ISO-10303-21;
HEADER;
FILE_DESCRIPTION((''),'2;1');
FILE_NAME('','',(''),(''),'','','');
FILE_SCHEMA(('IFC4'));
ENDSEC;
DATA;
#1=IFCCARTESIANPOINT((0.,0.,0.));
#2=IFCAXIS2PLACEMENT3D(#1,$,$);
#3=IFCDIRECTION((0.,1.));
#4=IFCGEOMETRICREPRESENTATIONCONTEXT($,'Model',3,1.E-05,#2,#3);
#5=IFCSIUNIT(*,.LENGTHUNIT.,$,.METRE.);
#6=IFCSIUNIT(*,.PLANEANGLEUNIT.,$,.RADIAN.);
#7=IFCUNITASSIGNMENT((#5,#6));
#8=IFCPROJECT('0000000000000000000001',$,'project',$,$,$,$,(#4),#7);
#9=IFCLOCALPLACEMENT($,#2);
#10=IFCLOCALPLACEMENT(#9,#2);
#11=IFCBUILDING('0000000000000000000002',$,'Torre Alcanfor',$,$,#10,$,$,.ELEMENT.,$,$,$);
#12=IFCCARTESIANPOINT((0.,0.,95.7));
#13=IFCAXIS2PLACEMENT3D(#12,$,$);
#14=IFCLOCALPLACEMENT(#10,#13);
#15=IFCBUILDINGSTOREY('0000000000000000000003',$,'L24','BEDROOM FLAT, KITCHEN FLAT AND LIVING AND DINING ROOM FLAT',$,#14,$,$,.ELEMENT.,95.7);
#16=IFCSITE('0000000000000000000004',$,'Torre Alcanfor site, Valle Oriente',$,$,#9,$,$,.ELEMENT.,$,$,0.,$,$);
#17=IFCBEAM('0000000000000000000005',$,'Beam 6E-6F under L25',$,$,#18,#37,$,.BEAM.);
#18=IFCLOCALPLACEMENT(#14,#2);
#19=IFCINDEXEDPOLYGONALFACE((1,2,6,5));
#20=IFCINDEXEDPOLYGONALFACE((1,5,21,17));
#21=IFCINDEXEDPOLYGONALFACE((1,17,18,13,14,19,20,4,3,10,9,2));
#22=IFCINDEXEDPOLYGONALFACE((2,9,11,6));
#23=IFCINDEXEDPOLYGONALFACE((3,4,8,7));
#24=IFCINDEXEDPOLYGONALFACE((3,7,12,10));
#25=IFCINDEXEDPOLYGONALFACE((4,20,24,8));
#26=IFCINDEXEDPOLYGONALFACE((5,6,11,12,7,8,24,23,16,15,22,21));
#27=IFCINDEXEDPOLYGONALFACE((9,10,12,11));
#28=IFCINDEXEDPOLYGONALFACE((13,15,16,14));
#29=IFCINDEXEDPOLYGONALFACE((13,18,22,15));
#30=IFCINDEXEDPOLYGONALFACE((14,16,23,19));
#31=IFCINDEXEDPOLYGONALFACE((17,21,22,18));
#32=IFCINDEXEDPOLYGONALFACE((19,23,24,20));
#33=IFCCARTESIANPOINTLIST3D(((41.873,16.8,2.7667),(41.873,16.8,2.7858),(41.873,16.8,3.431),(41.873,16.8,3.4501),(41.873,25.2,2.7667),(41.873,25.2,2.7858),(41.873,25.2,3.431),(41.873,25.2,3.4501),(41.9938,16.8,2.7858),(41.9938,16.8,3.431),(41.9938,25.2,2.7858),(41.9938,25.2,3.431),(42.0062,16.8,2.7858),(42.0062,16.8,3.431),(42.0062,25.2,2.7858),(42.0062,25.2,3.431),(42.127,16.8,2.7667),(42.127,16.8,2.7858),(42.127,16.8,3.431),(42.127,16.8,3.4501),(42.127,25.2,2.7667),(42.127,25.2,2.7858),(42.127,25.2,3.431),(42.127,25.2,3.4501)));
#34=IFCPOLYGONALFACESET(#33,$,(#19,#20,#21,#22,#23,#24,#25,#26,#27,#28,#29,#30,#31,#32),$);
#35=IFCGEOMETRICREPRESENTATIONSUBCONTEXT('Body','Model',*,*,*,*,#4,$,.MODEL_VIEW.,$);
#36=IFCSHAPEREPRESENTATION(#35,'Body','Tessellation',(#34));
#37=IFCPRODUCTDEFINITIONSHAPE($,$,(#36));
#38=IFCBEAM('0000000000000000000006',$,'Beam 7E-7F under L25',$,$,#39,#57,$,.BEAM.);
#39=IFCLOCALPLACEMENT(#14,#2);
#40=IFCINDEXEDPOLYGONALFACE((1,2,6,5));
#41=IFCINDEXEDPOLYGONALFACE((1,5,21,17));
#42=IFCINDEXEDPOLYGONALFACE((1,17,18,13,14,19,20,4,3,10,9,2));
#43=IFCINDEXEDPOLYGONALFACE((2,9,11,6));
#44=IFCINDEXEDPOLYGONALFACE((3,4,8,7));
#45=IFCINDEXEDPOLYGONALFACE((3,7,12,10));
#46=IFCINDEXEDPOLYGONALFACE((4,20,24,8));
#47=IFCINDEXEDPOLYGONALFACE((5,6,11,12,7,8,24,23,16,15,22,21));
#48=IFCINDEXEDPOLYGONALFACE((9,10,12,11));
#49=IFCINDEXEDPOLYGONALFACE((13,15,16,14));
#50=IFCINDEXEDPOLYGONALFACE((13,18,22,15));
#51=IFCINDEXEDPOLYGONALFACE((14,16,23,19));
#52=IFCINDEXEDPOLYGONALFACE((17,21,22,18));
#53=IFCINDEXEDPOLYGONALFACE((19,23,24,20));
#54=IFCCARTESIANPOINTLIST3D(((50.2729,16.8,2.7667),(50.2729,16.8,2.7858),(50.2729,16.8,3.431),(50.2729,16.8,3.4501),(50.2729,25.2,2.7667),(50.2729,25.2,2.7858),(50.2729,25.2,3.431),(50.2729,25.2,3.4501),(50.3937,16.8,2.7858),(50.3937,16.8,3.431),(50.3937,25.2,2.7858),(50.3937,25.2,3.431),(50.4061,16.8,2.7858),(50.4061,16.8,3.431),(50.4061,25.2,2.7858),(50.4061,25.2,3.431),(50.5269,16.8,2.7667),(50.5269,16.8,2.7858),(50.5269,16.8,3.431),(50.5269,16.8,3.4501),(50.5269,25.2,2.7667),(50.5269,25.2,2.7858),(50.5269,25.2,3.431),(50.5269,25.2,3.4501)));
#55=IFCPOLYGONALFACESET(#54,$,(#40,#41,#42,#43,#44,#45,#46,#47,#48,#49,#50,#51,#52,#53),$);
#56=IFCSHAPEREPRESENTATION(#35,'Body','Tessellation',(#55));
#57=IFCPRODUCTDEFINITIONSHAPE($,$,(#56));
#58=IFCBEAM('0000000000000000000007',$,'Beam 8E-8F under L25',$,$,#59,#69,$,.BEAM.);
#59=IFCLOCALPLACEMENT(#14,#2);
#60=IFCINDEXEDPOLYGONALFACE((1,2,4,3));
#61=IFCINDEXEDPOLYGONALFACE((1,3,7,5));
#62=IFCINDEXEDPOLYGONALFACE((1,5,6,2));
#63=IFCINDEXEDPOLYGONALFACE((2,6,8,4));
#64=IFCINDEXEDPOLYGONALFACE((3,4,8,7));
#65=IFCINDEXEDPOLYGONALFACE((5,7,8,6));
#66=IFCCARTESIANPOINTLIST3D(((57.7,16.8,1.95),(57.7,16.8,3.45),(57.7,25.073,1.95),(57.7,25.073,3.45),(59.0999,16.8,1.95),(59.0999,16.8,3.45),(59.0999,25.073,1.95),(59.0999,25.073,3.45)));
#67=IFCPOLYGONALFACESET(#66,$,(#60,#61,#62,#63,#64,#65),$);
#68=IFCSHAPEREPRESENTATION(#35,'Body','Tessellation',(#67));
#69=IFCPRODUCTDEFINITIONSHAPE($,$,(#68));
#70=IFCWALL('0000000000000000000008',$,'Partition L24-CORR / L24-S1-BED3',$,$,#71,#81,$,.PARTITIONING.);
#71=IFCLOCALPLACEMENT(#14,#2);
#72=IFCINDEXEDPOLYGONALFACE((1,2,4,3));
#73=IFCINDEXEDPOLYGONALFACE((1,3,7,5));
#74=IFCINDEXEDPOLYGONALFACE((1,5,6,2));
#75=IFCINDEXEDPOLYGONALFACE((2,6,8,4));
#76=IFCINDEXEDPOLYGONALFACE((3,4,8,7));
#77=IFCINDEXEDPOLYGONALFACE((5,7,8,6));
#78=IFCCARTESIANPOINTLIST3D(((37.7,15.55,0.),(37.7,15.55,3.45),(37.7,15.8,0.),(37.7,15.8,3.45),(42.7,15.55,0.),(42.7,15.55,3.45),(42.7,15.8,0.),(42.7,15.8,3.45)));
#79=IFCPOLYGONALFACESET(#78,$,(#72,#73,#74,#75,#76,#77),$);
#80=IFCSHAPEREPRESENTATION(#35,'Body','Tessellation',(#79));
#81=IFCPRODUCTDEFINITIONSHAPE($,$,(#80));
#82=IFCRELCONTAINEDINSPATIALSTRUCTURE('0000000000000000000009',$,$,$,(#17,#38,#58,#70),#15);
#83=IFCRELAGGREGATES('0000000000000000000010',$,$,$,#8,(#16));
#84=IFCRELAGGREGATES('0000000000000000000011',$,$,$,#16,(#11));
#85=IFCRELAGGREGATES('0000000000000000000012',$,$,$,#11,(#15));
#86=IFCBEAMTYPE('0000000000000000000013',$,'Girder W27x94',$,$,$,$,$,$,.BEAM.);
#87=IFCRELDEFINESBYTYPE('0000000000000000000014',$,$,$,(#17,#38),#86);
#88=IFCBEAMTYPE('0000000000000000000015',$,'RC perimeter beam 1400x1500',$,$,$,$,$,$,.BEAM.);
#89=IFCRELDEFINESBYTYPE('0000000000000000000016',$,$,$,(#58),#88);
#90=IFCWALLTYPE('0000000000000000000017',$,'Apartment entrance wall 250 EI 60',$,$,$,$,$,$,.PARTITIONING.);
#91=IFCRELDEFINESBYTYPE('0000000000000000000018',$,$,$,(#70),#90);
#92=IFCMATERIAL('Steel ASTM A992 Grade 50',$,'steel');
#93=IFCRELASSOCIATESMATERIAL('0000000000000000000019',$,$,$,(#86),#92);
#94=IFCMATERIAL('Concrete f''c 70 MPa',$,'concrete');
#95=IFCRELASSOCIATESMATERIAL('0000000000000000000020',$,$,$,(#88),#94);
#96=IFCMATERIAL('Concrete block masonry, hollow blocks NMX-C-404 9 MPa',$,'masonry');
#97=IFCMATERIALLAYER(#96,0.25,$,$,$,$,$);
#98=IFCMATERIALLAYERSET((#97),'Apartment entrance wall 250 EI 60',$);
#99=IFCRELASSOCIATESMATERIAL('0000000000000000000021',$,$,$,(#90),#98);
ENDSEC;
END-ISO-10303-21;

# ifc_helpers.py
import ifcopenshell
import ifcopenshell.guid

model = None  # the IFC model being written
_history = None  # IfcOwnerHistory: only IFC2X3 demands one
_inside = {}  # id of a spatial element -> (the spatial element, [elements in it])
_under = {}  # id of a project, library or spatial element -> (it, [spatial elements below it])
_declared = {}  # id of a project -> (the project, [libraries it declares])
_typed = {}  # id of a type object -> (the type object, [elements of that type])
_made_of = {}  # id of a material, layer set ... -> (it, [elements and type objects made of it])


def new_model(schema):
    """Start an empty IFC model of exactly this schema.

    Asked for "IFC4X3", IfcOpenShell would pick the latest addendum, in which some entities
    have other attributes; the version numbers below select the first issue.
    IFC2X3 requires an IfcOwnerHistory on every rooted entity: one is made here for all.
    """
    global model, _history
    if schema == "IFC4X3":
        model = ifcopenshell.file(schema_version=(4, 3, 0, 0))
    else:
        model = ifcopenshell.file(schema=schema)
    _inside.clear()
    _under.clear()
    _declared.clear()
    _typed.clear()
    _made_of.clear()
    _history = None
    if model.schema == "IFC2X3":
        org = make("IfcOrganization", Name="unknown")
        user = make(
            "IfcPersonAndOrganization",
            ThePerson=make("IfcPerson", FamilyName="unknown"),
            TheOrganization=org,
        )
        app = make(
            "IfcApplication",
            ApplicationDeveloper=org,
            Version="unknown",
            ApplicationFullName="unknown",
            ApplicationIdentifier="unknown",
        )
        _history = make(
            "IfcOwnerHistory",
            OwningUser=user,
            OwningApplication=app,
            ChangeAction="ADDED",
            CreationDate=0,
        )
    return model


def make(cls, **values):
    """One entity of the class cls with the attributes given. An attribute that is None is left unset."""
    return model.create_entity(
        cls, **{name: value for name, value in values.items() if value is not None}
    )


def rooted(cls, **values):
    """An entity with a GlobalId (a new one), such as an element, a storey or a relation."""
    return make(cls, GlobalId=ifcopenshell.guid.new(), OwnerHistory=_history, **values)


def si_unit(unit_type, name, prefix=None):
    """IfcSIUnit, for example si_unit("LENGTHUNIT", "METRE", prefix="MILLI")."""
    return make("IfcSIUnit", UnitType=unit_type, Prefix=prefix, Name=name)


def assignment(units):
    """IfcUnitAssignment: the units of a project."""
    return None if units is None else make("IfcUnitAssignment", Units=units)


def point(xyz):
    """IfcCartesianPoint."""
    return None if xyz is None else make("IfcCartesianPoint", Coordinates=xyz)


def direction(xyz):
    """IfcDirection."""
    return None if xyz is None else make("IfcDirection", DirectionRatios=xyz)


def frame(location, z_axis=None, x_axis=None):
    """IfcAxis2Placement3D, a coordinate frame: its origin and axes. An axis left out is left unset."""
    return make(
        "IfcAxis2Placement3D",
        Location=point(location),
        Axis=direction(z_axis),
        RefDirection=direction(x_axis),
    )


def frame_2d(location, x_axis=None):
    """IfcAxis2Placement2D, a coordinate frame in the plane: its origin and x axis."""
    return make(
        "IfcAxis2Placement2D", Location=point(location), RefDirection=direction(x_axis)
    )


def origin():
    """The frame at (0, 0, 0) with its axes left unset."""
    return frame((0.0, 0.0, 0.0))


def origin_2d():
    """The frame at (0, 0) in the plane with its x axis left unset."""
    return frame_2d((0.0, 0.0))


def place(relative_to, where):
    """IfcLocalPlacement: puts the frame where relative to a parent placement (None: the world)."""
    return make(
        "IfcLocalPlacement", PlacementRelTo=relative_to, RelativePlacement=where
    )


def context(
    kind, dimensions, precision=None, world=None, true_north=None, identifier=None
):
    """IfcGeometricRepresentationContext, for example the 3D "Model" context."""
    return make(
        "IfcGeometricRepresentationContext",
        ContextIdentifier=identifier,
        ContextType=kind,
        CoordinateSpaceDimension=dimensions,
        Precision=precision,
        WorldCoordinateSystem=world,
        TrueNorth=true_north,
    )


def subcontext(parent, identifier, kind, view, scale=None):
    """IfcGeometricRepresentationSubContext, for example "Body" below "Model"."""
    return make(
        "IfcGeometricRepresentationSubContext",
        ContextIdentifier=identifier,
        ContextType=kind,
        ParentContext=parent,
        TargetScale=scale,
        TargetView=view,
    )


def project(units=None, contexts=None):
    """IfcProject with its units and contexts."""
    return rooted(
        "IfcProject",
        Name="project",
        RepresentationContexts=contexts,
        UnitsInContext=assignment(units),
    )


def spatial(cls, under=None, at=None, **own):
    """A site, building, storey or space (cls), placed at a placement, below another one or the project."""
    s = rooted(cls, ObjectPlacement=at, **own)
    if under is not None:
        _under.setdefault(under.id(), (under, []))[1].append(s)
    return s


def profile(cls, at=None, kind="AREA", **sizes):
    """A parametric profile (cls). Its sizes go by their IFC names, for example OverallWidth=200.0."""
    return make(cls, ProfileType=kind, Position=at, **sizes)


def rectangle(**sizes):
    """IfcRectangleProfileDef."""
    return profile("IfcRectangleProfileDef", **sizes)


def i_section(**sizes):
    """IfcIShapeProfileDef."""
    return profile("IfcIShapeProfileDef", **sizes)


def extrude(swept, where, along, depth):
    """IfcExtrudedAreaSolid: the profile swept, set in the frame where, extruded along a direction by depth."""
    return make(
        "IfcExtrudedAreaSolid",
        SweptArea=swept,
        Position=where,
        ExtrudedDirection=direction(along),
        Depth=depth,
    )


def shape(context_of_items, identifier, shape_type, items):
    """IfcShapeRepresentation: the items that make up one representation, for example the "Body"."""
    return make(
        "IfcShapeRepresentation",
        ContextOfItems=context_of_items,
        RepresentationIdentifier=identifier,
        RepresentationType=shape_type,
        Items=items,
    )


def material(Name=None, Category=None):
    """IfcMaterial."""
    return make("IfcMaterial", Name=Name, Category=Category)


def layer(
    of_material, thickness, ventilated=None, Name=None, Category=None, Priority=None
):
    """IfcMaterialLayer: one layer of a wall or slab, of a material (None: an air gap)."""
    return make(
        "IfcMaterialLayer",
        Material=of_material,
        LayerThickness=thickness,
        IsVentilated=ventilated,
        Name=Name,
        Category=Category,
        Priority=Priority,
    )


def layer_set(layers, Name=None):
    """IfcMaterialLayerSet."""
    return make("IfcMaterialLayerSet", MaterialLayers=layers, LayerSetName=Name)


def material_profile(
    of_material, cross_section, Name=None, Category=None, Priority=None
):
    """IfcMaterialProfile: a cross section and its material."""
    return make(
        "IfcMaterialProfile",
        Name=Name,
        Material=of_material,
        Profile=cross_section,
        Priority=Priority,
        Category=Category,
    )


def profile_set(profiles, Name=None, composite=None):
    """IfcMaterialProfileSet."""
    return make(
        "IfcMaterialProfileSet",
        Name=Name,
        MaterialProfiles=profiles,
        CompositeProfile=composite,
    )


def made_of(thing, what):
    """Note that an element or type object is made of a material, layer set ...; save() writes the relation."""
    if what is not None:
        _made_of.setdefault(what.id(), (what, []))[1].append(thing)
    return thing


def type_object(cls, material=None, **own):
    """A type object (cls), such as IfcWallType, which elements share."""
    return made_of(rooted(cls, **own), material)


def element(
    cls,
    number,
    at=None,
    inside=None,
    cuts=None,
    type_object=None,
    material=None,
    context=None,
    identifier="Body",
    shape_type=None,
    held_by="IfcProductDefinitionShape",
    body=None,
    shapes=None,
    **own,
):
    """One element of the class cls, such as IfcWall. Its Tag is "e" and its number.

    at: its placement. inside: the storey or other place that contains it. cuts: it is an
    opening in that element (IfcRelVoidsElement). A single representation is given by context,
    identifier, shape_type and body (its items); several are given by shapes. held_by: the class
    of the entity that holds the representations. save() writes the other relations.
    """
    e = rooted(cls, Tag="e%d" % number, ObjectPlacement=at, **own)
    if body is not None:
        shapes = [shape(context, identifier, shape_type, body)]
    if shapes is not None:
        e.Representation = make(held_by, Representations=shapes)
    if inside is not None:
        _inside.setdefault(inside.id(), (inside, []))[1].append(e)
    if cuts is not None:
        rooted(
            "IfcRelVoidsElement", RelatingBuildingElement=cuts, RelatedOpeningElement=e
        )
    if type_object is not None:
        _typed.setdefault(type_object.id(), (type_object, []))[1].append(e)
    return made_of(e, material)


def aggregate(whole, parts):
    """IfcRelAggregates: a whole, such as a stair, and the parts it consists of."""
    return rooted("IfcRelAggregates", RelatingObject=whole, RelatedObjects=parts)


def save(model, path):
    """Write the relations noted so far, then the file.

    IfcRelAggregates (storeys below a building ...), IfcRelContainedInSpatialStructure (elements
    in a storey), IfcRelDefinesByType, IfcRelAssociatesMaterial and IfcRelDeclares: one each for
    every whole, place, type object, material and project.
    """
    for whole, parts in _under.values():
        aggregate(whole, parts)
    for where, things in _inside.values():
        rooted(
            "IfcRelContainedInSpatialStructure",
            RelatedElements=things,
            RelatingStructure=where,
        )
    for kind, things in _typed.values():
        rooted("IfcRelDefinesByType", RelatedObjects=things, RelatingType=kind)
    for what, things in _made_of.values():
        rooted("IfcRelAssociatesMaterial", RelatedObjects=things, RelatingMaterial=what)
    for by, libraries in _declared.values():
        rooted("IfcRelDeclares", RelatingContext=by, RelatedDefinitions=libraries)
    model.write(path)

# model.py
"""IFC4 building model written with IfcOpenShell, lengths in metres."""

from ifc_helpers import new_model, si_unit, direction, frame, frame_2d, origin, origin_2d, place, context, subcontext, project, spatial, rectangle, i_section, extrude, material, layer, layer_set, material_profile, profile_set, type_object, element, save


model = new_model("IFC4")

# Units and contexts
model_context = context("Model", 3, precision=1e-05, world=origin(), true_north=direction((0.0, 1.0)))
body_context = subcontext(model_context, "Body", "Model", "MODEL_VIEW")
ifc_project = project(units=[si_unit("LENGTHUNIT", "METRE"), si_unit("PLANEANGLEUNIT", "RADIAN")], contexts=[model_context])

# Site, building, storey
site_placement = place(None, origin())
site = spatial("IfcSite", under=ifc_project, at=site_placement, Name="Torre Alcanfor site, Valle Oriente", CompositionType="ELEMENT", RefElevation=0.0)
building_placement = place(site_placement, origin())
building = spatial("IfcBuilding", under=site, at=building_placement, Name="Torre Alcanfor", CompositionType="ELEMENT")
storey_placement = place(building_placement, frame((0.0, 0.0, 95.7)))
storey = spatial("IfcBuildingStorey", under=building, at=storey_placement, Name="L24", Description="BEDROOM FLAT, KITCHEN FLAT AND LIVING AND DINING ROOM FLAT", CompositionType="ELEMENT", Elevation=95.7)

# Beams
ifc_material_1 = material(Name="Steel ASTM A992 Grade 50", Category="steel")
ifc_material_profile_1 = material_profile(ifc_material_1, i_section(OverallWidth=0.2539, OverallDepth=0.6833, WebThickness=0.0125, FlangeThickness=0.019, at=origin_2d()), Name="W27x94")
ifc_profile_set_1 = profile_set([ifc_material_profile_1], Name="Steel ASTM A992 Grade 50")
beam_type_1 = type_object("IfcBeamType", Name="Girder W27x94", PredefinedType="BEAM", material=ifc_profile_set_1)
for number, where, z_axis, x_axis, name in (
    (1, (42.0, 16.8, 3.1084), (0.0, 1.0, 0.0), (-1.0, 0.0, 0.0), "Beam 6E-6F under L25"),
    (2, (50.3999, 16.8, 3.1084), (0.0, 1.0, 0.0), (-1.0, 0.0, 0.0), "Beam 7E-7F under L25"),
):
    element("IfcBeam", number, at=place(storey_placement, frame(where, z_axis=z_axis, x_axis=x_axis)), inside=storey, type_object=beam_type_1, Name=name, PredefinedType="BEAM", context=body_context, shape_type="SweptSolid", body=[
        extrude(i_section(OverallWidth=0.2539, OverallDepth=0.6833, WebThickness=0.0125, FlangeThickness=0.019, at=origin_2d()), origin(), (0.0, 0.0, 1.0), 8.3999),
    ])
ifc_material_2 = material(Name="Concrete f'c 70 MPa", Category="concrete")
ifc_material_profile_2 = material_profile(ifc_material_2, rectangle(XDim=1.3999, YDim=1.5, at=origin_2d()), Name="1400x1500")
ifc_profile_set_2 = profile_set([ifc_material_profile_2], Name="Concrete f'c 70 MPa")
beam_type_2 = type_object("IfcBeamType", Name="RC perimeter beam 1400x1500", PredefinedType="BEAM", material=ifc_profile_set_2)
beam_1_placement = place(storey_placement, frame((58.3999, 16.8, 2.7), z_axis=(0.0, 1.0, 0.0), x_axis=(-1.0, 0.0, 0.0)))
element("IfcBeam", 3, at=beam_1_placement, inside=storey, type_object=beam_type_2, Name="Beam 8E-8F under L25", PredefinedType="BEAM", context=body_context, shape_type="SweptSolid", body=[
    extrude(rectangle(XDim=1.3999, YDim=1.5, at=origin_2d()), origin(), (0.0, 0.0, 1.0), 8.2729),
])

# Wall
ifc_material_3 = material(Name="Concrete block masonry, hollow blocks NMX-C-404 9 MPa", Category="masonry")
ifc_layer_1 = layer(ifc_material_3, 0.25)
ifc_layer_set_1 = layer_set([ifc_layer_1], Name="Apartment entrance wall 250 EI 60")
wall_type_1 = type_object("IfcWallType", Name="Apartment entrance wall 250 EI 60", PredefinedType="PARTITIONING", material=ifc_layer_set_1)
wall_1_placement = place(storey_placement, frame((42.7, 15.675, 0.0), z_axis=(0.0, 0.0, 1.0), x_axis=(-1.0, 0.0, 0.0)))
element("IfcWall", 4, at=wall_1_placement, inside=storey, type_object=wall_type_1, Name="Partition L24-CORR / L24-S1-BED3", PredefinedType="PARTITIONING", context=body_context, shape_type="SweptSolid", body=[
    extrude(rectangle(XDim=5.0, YDim=0.25, at=frame_2d((2.5, 0.0))), origin(), (0.0, 0.0, 1.0), 3.45),
])

save(model, "model.ifc")
